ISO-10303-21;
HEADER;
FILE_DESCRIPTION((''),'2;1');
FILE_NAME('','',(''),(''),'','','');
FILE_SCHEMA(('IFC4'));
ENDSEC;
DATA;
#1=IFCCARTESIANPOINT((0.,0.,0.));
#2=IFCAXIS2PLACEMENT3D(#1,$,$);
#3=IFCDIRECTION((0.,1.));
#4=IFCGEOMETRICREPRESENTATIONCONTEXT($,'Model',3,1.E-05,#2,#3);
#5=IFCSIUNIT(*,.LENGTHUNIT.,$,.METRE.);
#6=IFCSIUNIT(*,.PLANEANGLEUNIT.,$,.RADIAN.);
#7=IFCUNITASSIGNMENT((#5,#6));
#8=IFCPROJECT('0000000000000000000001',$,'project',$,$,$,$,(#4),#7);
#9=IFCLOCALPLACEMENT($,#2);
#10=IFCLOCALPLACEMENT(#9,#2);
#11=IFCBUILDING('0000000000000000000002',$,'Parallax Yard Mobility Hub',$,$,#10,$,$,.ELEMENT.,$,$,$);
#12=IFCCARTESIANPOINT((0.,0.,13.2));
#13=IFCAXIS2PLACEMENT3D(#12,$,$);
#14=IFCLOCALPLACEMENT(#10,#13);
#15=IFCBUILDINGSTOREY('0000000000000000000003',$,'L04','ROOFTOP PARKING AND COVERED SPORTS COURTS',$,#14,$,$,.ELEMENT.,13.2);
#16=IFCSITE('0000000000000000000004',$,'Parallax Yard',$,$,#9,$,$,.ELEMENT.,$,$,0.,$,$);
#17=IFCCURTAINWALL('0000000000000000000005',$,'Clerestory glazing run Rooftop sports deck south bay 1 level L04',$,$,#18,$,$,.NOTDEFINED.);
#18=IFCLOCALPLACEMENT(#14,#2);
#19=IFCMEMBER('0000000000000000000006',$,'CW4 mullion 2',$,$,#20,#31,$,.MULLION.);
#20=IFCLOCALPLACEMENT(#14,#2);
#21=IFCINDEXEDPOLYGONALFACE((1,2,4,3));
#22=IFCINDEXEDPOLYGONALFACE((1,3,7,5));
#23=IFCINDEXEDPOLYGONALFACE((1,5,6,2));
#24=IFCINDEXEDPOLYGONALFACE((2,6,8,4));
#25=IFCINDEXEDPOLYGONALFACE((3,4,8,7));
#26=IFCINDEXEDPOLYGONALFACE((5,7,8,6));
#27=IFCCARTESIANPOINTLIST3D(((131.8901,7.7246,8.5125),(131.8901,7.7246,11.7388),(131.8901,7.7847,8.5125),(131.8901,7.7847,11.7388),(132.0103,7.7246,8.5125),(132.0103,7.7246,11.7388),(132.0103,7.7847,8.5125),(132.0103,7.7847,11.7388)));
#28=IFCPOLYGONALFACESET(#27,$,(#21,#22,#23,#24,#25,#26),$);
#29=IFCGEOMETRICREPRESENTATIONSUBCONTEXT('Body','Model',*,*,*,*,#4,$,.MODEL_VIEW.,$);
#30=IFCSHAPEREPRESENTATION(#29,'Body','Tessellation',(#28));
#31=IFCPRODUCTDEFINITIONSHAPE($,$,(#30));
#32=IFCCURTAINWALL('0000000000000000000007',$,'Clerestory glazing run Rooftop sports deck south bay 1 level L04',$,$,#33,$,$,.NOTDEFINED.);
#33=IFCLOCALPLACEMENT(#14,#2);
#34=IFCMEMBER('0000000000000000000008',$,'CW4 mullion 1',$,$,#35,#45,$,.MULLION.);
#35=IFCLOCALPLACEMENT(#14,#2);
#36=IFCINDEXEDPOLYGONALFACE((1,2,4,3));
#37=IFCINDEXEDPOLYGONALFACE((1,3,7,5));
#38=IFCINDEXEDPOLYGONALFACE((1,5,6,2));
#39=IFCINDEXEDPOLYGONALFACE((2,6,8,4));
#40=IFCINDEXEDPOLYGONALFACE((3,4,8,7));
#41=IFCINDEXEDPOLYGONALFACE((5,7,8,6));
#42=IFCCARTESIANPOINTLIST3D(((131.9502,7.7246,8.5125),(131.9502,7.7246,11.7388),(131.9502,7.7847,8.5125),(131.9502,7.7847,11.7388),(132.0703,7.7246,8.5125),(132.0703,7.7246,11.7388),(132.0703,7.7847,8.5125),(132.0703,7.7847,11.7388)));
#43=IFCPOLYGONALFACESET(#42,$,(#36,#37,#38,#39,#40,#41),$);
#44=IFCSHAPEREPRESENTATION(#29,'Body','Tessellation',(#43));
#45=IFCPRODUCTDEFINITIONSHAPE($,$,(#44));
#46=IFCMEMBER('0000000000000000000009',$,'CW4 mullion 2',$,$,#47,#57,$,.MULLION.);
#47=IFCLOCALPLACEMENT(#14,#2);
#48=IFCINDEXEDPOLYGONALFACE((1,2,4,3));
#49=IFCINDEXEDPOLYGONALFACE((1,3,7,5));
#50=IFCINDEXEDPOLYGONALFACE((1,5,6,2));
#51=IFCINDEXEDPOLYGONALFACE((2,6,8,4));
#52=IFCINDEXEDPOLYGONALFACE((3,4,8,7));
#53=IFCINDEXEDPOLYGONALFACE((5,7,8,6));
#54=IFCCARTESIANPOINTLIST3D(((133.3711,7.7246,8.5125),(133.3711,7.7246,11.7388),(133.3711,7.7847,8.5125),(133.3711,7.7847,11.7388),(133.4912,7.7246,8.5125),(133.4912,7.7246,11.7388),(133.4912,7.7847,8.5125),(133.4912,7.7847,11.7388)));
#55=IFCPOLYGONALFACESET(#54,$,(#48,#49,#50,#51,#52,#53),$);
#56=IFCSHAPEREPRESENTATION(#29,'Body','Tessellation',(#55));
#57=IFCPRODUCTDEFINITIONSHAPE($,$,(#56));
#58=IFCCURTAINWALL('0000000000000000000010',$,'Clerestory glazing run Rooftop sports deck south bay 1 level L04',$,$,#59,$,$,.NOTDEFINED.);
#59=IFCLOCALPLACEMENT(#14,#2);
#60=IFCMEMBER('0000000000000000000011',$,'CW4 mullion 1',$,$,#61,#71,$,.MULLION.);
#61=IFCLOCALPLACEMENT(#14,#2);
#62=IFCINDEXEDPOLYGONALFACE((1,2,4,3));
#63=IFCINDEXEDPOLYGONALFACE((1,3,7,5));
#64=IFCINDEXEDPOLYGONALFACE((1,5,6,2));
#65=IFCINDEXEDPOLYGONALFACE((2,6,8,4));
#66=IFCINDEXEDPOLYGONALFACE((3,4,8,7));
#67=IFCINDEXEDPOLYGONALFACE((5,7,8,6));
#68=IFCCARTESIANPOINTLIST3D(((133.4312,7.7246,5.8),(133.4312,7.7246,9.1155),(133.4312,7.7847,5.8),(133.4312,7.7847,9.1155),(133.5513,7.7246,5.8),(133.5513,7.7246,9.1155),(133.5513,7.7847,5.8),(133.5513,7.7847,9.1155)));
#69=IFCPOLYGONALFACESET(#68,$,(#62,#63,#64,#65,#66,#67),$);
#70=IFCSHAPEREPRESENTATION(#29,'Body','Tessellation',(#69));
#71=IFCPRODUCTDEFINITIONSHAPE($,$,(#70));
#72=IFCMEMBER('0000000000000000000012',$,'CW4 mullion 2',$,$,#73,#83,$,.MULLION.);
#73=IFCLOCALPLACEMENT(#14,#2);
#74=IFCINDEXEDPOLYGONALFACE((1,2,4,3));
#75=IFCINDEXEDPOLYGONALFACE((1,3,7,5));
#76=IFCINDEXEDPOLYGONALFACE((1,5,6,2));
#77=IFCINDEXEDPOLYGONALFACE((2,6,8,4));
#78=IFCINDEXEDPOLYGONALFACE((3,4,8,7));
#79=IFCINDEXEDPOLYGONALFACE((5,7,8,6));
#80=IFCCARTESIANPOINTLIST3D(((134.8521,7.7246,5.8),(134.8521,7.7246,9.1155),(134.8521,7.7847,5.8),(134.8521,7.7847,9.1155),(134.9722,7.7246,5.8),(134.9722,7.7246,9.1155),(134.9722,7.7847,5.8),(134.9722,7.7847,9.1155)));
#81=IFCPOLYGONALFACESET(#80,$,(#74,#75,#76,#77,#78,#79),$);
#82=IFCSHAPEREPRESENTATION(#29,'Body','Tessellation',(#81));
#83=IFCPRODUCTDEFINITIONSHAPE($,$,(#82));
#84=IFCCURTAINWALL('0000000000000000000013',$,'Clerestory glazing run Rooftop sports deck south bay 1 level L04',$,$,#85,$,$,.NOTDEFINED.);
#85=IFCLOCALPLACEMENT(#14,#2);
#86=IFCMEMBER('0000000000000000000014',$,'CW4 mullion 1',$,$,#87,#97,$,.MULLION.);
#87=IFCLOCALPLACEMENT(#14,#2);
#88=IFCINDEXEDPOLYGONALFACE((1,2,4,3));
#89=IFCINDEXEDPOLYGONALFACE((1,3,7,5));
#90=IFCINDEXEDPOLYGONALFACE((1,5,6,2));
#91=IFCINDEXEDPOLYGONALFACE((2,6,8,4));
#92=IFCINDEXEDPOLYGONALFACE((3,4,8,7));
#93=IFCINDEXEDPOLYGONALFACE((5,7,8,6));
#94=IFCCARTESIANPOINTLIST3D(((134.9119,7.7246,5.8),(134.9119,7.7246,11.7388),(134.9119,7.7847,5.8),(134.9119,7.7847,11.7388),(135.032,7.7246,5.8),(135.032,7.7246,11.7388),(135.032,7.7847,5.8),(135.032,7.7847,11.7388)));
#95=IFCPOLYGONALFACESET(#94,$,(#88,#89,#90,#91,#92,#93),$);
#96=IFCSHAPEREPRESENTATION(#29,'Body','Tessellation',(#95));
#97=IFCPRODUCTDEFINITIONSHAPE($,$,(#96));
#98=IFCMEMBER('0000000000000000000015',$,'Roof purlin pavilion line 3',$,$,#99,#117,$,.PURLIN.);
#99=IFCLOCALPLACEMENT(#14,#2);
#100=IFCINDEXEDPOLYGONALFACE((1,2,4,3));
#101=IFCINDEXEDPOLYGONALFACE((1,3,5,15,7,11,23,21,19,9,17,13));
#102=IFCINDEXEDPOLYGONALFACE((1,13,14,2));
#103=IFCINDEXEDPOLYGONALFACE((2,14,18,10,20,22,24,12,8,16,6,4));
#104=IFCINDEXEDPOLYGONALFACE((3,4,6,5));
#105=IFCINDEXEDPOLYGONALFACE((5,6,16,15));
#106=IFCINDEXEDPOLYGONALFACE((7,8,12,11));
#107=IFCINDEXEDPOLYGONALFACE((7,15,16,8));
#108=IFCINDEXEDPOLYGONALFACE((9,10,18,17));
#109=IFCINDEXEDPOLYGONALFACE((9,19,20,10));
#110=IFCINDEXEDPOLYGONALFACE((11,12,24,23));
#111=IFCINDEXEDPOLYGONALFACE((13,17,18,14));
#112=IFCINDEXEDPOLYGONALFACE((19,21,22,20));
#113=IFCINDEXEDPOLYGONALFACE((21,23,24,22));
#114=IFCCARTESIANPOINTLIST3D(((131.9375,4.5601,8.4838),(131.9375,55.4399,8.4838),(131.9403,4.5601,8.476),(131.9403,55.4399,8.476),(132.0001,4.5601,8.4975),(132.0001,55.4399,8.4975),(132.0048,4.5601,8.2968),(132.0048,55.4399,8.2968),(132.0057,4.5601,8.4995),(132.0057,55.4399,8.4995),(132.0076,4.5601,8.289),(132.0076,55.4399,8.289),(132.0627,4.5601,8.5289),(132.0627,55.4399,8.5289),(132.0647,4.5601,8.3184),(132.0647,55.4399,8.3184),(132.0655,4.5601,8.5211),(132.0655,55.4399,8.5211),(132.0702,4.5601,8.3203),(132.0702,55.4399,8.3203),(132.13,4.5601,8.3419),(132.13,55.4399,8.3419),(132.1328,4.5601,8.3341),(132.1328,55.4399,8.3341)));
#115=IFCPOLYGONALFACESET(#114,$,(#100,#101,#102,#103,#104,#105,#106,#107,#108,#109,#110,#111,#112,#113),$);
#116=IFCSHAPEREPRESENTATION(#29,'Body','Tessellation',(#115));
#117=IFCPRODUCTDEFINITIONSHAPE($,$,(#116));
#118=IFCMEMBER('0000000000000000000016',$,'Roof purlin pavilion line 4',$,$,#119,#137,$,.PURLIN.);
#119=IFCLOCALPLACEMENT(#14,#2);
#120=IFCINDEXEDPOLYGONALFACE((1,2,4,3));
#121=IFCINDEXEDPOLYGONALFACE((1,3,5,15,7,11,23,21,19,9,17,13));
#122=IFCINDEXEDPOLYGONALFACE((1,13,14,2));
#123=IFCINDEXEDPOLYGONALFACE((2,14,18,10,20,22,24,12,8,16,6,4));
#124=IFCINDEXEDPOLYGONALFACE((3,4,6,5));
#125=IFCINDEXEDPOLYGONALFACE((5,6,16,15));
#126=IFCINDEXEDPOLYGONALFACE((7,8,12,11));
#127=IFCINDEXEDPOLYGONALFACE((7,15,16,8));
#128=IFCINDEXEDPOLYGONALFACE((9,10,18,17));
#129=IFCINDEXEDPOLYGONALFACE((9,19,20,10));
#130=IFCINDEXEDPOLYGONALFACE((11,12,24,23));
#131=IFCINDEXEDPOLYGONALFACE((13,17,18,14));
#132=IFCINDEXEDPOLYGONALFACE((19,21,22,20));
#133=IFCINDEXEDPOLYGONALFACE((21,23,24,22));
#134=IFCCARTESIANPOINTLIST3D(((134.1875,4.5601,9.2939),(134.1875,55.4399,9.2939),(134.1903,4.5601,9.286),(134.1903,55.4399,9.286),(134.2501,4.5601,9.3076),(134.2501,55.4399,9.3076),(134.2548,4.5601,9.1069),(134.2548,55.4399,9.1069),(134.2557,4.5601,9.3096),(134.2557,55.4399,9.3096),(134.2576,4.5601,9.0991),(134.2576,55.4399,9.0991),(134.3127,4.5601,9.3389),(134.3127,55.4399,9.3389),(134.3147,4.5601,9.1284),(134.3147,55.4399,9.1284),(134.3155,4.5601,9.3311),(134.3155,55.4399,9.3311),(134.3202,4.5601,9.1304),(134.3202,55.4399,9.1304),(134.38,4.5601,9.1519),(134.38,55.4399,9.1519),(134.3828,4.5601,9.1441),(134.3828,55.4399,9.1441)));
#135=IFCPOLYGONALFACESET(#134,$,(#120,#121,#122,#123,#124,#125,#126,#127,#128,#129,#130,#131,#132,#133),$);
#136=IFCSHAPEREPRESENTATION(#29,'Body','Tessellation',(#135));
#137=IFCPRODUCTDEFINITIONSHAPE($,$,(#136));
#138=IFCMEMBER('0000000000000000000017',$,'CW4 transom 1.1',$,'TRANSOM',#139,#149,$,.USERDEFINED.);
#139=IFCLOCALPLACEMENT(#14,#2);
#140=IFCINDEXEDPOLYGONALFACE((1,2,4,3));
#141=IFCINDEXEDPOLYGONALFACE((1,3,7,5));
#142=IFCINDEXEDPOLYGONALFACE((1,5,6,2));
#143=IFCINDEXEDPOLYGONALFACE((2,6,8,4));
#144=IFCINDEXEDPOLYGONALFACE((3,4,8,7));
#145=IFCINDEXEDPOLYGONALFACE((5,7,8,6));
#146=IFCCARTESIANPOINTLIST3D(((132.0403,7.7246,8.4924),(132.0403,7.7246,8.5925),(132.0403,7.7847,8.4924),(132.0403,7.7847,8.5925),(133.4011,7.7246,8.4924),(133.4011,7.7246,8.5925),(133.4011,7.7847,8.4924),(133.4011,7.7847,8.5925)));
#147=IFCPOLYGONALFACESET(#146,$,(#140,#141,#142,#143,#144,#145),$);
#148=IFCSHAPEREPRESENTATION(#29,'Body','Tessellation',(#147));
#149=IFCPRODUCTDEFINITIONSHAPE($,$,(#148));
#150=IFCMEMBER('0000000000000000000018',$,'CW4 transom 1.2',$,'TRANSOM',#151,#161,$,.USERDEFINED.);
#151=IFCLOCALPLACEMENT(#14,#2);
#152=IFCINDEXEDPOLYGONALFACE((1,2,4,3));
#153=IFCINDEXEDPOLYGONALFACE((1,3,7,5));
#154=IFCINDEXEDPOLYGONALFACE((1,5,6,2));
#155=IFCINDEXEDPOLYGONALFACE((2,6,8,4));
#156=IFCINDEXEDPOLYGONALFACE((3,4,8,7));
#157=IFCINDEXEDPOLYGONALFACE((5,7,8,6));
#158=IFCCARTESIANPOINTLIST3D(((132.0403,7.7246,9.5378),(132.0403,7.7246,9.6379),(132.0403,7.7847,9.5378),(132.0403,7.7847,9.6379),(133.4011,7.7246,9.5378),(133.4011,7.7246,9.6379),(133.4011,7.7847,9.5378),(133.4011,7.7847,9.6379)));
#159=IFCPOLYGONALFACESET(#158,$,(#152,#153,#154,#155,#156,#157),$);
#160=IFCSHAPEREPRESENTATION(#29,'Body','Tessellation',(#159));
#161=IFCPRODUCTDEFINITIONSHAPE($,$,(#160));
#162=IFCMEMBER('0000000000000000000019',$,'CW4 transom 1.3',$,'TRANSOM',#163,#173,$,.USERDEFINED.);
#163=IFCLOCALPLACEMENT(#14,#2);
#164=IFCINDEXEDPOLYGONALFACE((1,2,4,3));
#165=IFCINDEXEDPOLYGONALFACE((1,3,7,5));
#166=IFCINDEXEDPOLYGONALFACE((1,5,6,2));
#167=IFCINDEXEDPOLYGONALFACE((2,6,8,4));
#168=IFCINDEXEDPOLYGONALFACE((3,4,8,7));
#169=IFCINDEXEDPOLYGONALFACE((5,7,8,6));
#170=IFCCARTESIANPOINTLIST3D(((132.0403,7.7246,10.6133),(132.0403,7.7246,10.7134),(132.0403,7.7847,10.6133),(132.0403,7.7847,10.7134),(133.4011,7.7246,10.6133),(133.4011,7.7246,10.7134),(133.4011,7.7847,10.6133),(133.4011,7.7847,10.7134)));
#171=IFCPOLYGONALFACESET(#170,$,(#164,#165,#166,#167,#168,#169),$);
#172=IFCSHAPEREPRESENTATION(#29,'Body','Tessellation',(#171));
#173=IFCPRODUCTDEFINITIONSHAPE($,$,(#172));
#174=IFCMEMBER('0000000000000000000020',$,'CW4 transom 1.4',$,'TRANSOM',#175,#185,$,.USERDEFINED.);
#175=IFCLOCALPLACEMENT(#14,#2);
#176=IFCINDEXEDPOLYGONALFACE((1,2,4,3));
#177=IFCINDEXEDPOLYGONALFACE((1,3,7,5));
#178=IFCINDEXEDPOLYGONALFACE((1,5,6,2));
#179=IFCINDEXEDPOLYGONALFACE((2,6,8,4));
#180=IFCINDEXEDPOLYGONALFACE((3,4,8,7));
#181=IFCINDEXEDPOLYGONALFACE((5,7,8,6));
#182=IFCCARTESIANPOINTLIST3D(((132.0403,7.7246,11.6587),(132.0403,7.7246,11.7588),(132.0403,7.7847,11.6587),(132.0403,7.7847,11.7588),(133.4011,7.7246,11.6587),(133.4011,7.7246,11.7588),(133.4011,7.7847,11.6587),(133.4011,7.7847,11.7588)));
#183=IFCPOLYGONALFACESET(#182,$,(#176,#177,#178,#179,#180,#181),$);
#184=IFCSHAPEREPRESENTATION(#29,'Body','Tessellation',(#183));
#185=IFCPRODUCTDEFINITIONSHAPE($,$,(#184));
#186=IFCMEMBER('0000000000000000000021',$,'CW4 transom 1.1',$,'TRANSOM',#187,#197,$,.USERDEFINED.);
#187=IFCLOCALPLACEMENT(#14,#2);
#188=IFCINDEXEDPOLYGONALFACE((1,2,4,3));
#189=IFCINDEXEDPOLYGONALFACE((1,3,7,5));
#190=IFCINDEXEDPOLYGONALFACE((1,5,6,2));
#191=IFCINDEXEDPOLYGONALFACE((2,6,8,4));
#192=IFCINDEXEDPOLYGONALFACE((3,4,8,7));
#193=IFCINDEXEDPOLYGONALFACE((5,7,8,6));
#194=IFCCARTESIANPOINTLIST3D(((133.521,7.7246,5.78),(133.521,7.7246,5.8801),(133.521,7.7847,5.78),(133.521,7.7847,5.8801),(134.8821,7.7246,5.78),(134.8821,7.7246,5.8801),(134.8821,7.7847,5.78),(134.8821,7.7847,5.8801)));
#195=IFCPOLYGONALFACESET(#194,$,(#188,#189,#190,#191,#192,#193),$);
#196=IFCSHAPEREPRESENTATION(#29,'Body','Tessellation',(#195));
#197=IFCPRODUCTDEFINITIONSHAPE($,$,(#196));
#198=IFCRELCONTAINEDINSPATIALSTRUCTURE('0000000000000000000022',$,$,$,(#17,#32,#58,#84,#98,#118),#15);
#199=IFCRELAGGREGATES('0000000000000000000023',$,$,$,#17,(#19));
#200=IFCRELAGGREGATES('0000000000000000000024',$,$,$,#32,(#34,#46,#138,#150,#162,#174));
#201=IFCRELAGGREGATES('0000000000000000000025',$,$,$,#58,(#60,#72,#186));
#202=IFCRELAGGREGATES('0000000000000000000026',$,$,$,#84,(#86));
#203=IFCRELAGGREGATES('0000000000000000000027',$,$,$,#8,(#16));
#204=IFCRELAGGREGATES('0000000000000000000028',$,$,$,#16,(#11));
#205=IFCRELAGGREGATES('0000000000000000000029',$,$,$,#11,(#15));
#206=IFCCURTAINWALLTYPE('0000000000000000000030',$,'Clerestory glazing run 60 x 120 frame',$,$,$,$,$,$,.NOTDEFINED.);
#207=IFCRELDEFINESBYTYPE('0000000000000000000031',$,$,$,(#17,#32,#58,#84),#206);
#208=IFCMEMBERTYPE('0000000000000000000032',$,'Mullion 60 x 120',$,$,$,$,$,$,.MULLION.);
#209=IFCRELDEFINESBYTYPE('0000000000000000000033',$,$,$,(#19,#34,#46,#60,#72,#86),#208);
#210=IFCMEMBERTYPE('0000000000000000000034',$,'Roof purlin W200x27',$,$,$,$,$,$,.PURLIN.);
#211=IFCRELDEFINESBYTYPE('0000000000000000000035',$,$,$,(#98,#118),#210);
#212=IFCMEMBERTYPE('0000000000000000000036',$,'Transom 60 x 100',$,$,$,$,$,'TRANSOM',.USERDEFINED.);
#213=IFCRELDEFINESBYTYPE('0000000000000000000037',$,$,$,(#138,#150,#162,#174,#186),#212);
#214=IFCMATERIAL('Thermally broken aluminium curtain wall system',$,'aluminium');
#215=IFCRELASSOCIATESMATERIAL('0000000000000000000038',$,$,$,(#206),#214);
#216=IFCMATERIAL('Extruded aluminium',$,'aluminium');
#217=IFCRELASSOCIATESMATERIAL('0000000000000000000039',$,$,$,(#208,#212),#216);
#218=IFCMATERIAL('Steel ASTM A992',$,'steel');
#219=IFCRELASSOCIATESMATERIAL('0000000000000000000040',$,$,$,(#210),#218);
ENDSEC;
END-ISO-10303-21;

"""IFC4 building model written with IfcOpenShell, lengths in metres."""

from ifc_helpers import new_model, si_unit, direction, frame, origin, origin_2d, place, context, subcontext, project, spatial, rectangle, i_section, extrude, material, material_profile, profile_set, type_object, element, aggregate, save


model = new_model("IFC4")

# Units and contexts
model_context = context("Model", 3, precision=1e-05, world=origin(), true_north=direction((0.0, 1.0)))
body_context = subcontext(model_context, "Body", "Model", "MODEL_VIEW")
ifc_project = project(units=[si_unit("LENGTHUNIT", "METRE"), si_unit("PLANEANGLEUNIT", "RADIAN")], contexts=[model_context])

# Site, building, storey
site_placement = place(None, origin())
site = spatial("IfcSite", under=ifc_project, at=site_placement, Name="Parallax Yard", CompositionType="ELEMENT", RefElevation=0.0)
building_placement = place(site_placement, origin())
building = spatial("IfcBuilding", under=site, at=building_placement, Name="Parallax Yard Mobility Hub", CompositionType="ELEMENT")
storey_placement = place(building_placement, frame((0.0, 0.0, 13.2)))
storey = spatial("IfcBuildingStorey", under=building, at=storey_placement, Name="L04", Description="ROOFTOP PARKING AND COVERED SPORTS COURTS", CompositionType="ELEMENT", Elevation=13.2)

# Curtain wall, member
ifc_material_1 = material(Name="Thermally broken aluminium curtain wall system", Category="aluminium")
curtain_wall_type = type_object("IfcCurtainWallType", Name="Clerestory glazing run 60 x 120 frame", PredefinedType="NOTDEFINED", material=ifc_material_1)
curtain_wall_1_placement = place(storey_placement, origin())
curtain_wall_1 = element("IfcCurtainWall", 1, at=curtain_wall_1_placement, inside=storey, type_object=curtain_wall_type, Name="Clerestory glazing run Rooftop sports deck south bay 1 level L04", PredefinedType="NOTDEFINED")
ifc_material_2 = material(Name="Extruded aluminium", Category="aluminium")
ifc_material_profile_1 = material_profile(ifc_material_2, rectangle(XDim=0.0601, YDim=0.1201, at=origin_2d()), Name="Mullion 60 x 120")
ifc_profile_set_1 = profile_set([ifc_material_profile_1], Name="Extruded aluminium")
member_type_1 = type_object("IfcMemberType", Name="Mullion 60 x 120", PredefinedType="MULLION", material=ifc_profile_set_1)
member_1_placement = place(storey_placement, frame((131.9502, 7.7546, 8.5125), z_axis=(0.0, 0.0, 1.0), x_axis=(0.0, 1.0, 0.0)))
member_1 = element("IfcMember", 2, at=member_1_placement, type_object=member_type_1, Name="CW4 mullion 2", PredefinedType="MULLION", context=body_context, shape_type="SweptSolid", body=[
    extrude(rectangle(XDim=0.0601, YDim=0.1201, at=origin_2d()), origin(), (0.0, 0.0, 1.0), 3.2263),
])
aggregate(curtain_wall_1, [member_1])

# Curtain walls, members
curtain_wall_2_placement = place(storey_placement, origin())
curtain_wall_2 = element("IfcCurtainWall", 3, at=curtain_wall_2_placement, inside=storey, type_object=curtain_wall_type, Name="Clerestory glazing run Rooftop sports deck south bay 1 level L04", PredefinedType="NOTDEFINED")
member_2_placement = place(storey_placement, frame((132.0103, 7.7546, 8.5125), z_axis=(0.0, 0.0, 1.0), x_axis=(0.0, 1.0, 0.0)))
member_2 = element("IfcMember", 4, at=member_2_placement, type_object=member_type_1, Name="CW4 mullion 1", PredefinedType="MULLION", context=body_context, shape_type="SweptSolid", body=[
    extrude(rectangle(XDim=0.0601, YDim=0.1201, at=origin_2d()), origin(), (0.0, 0.0, 1.0), 3.2263),
])
member_3_placement = place(storey_placement, frame((133.4312, 7.7546, 8.5125), z_axis=(0.0, 0.0, 1.0), x_axis=(0.0, 1.0, 0.0)))
member_3 = element("IfcMember", 5, at=member_3_placement, type_object=member_type_1, Name="CW4 mullion 2", PredefinedType="MULLION", context=body_context, shape_type="SweptSolid", body=[
    extrude(rectangle(XDim=0.0601, YDim=0.1201, at=origin_2d()), origin(), (0.0, 0.0, 1.0), 3.2263),
])
curtain_wall_3_placement = place(storey_placement, origin())
curtain_wall_3 = element("IfcCurtainWall", 6, at=curtain_wall_3_placement, inside=storey, type_object=curtain_wall_type, Name="Clerestory glazing run Rooftop sports deck south bay 1 level L04", PredefinedType="NOTDEFINED")
member_4_placement = place(storey_placement, frame((133.4912, 7.7546, 5.8), z_axis=(0.0, 0.0, 1.0), x_axis=(0.0, 1.0, 0.0)))
member_4 = element("IfcMember", 7, at=member_4_placement, type_object=member_type_1, Name="CW4 mullion 1", PredefinedType="MULLION", context=body_context, shape_type="SweptSolid", body=[
    extrude(rectangle(XDim=0.0601, YDim=0.1201, at=origin_2d()), origin(), (0.0, 0.0, 1.0), 3.3154),
])
member_5_placement = place(storey_placement, frame((134.9121, 7.7546, 5.8), z_axis=(0.0, 0.0, 1.0), x_axis=(0.0, 1.0, 0.0)))
member_5 = element("IfcMember", 8, at=member_5_placement, type_object=member_type_1, Name="CW4 mullion 2", PredefinedType="MULLION", context=body_context, shape_type="SweptSolid", body=[
    extrude(rectangle(XDim=0.0601, YDim=0.1201, at=origin_2d()), origin(), (0.0, 0.0, 1.0), 3.3154),
])

# Curtain wall, member
curtain_wall_4_placement = place(storey_placement, origin())
curtain_wall_4 = element("IfcCurtainWall", 9, at=curtain_wall_4_placement, inside=storey, type_object=curtain_wall_type, Name="Clerestory glazing run Rooftop sports deck south bay 1 level L04", PredefinedType="NOTDEFINED")
member_6_placement = place(storey_placement, frame((134.9719, 7.7546, 5.8), z_axis=(0.0, 0.0, 1.0), x_axis=(0.0, 1.0, 0.0)))
member_6 = element("IfcMember", 10, at=member_6_placement, type_object=member_type_1, Name="CW4 mullion 1", PredefinedType="MULLION", context=body_context, shape_type="SweptSolid", body=[
    extrude(rectangle(XDim=0.0601, YDim=0.1201, at=origin_2d()), origin(), (0.0, 0.0, 1.0), 5.9387),
])

# Members
ifc_material_3 = material(Name="Steel ASTM A992", Category="steel")
ifc_material_profile_2 = material_profile(ifc_material_3, i_section(OverallWidth=0.1331, OverallDepth=0.207, WebThickness=0.0059, FlangeThickness=0.0083, at=origin_2d()), Name="W200x27")
ifc_profile_set_2 = profile_set([ifc_material_profile_2], Name="Steel ASTM A992")
member_type_2 = type_object("IfcMemberType", Name="Roof purlin W200x27", PredefinedType="PURLIN", material=ifc_profile_set_2)
for number, where, z_axis, x_axis, name in (
    (11, (132.0352, 4.5601, 8.4089), (0.0, 1.0, 0.0), (-0.940887, 0.0, -0.33872), "Roof purlin pavilion line 3"),
    (12, (134.2852, 4.5601, 9.219), (0.0, 1.0, 0.0), (-0.940887, 0.0, -0.33872), "Roof purlin pavilion line 4"),
):
    element("IfcMember", number, at=place(storey_placement, frame(where, z_axis=z_axis, x_axis=x_axis)), inside=storey, type_object=member_type_2, Name=name, PredefinedType="PURLIN", context=body_context, shape_type="SweptSolid", body=[
        extrude(i_section(OverallWidth=0.1331, OverallDepth=0.207, WebThickness=0.0059, FlangeThickness=0.0083, at=origin_2d()), origin(), (0.0, 0.0, 1.0), 50.8799),
    ])

# Members
ifc_material_profile_3 = material_profile(ifc_material_2, rectangle(XDim=0.0601, YDim=0.1001, at=origin_2d()), Name="Transom 60 x 100")
ifc_profile_set_3 = profile_set([ifc_material_profile_3], Name="Extruded aluminium")
member_type_3 = type_object("IfcMemberType", Name="Transom 60 x 100", ElementType="TRANSOM", PredefinedType="USERDEFINED", material=ifc_profile_set_3)
member_7_placement = place(storey_placement, frame((132.0403, 7.7546, 8.5425), z_axis=(1.0, 0.0, 0.0), x_axis=(0.0, 1.0, 0.0)))
member_7 = element("IfcMember", 13, at=member_7_placement, type_object=member_type_3, Name="CW4 transom 1.1", ObjectType="TRANSOM", PredefinedType="USERDEFINED", context=body_context, shape_type="SweptSolid", body=[
    extrude(rectangle(XDim=0.0601, YDim=0.1001, at=origin_2d()), origin(), (0.0, 0.0, 1.0), 1.3608),
])
member_8_placement = place(storey_placement, frame((132.0403, 7.7546, 9.5879), z_axis=(1.0, 0.0, 0.0), x_axis=(0.0, 1.0, 0.0)))
member_8 = element("IfcMember", 14, at=member_8_placement, type_object=member_type_3, Name="CW4 transom 1.2", ObjectType="TRANSOM", PredefinedType="USERDEFINED", context=body_context, shape_type="SweptSolid", body=[
    extrude(rectangle(XDim=0.0601, YDim=0.1001, at=origin_2d()), origin(), (0.0, 0.0, 1.0), 1.3608),
])
member_9_placement = place(storey_placement, frame((132.0403, 7.7546, 10.6633), z_axis=(1.0, 0.0, 0.0), x_axis=(0.0, 1.0, 0.0)))
member_9 = element("IfcMember", 15, at=member_9_placement, type_object=member_type_3, Name="CW4 transom 1.3", ObjectType="TRANSOM", PredefinedType="USERDEFINED", context=body_context, shape_type="SweptSolid", body=[
    extrude(rectangle(XDim=0.0601, YDim=0.1001, at=origin_2d()), origin(), (0.0, 0.0, 1.0), 1.3608),
])
member_10_placement = place(storey_placement, frame((132.0403, 7.7546, 11.7087), z_axis=(1.0, 0.0, 0.0), x_axis=(0.0, 1.0, 0.0)))
member_10 = element("IfcMember", 16, at=member_10_placement, type_object=member_type_3, Name="CW4 transom 1.4", ObjectType="TRANSOM", PredefinedType="USERDEFINED", context=body_context, shape_type="SweptSolid", body=[
    extrude(rectangle(XDim=0.0601, YDim=0.1001, at=origin_2d()), origin(), (0.0, 0.0, 1.0), 1.3608),
])
member_11_placement = place(storey_placement, frame((133.521, 7.7546, 5.8301), z_axis=(1.0, 0.0, 0.0), x_axis=(0.0, 1.0, 0.0)))
member_11 = element("IfcMember", 17, at=member_11_placement, type_object=member_type_3, Name="CW4 transom 1.1", ObjectType="TRANSOM", PredefinedType="USERDEFINED", context=body_context, shape_type="SweptSolid", body=[
    extrude(rectangle(XDim=0.0601, YDim=0.1001, at=origin_2d()), origin(), (0.0, 0.0, 1.0), 1.3611),
])

aggregate(curtain_wall_2, [member_2, member_3, member_7, member_8, member_9, member_10])
aggregate(curtain_wall_3, [member_4, member_5, member_11])
aggregate(curtain_wall_4, [member_6])

save(model, "model.ifc")
